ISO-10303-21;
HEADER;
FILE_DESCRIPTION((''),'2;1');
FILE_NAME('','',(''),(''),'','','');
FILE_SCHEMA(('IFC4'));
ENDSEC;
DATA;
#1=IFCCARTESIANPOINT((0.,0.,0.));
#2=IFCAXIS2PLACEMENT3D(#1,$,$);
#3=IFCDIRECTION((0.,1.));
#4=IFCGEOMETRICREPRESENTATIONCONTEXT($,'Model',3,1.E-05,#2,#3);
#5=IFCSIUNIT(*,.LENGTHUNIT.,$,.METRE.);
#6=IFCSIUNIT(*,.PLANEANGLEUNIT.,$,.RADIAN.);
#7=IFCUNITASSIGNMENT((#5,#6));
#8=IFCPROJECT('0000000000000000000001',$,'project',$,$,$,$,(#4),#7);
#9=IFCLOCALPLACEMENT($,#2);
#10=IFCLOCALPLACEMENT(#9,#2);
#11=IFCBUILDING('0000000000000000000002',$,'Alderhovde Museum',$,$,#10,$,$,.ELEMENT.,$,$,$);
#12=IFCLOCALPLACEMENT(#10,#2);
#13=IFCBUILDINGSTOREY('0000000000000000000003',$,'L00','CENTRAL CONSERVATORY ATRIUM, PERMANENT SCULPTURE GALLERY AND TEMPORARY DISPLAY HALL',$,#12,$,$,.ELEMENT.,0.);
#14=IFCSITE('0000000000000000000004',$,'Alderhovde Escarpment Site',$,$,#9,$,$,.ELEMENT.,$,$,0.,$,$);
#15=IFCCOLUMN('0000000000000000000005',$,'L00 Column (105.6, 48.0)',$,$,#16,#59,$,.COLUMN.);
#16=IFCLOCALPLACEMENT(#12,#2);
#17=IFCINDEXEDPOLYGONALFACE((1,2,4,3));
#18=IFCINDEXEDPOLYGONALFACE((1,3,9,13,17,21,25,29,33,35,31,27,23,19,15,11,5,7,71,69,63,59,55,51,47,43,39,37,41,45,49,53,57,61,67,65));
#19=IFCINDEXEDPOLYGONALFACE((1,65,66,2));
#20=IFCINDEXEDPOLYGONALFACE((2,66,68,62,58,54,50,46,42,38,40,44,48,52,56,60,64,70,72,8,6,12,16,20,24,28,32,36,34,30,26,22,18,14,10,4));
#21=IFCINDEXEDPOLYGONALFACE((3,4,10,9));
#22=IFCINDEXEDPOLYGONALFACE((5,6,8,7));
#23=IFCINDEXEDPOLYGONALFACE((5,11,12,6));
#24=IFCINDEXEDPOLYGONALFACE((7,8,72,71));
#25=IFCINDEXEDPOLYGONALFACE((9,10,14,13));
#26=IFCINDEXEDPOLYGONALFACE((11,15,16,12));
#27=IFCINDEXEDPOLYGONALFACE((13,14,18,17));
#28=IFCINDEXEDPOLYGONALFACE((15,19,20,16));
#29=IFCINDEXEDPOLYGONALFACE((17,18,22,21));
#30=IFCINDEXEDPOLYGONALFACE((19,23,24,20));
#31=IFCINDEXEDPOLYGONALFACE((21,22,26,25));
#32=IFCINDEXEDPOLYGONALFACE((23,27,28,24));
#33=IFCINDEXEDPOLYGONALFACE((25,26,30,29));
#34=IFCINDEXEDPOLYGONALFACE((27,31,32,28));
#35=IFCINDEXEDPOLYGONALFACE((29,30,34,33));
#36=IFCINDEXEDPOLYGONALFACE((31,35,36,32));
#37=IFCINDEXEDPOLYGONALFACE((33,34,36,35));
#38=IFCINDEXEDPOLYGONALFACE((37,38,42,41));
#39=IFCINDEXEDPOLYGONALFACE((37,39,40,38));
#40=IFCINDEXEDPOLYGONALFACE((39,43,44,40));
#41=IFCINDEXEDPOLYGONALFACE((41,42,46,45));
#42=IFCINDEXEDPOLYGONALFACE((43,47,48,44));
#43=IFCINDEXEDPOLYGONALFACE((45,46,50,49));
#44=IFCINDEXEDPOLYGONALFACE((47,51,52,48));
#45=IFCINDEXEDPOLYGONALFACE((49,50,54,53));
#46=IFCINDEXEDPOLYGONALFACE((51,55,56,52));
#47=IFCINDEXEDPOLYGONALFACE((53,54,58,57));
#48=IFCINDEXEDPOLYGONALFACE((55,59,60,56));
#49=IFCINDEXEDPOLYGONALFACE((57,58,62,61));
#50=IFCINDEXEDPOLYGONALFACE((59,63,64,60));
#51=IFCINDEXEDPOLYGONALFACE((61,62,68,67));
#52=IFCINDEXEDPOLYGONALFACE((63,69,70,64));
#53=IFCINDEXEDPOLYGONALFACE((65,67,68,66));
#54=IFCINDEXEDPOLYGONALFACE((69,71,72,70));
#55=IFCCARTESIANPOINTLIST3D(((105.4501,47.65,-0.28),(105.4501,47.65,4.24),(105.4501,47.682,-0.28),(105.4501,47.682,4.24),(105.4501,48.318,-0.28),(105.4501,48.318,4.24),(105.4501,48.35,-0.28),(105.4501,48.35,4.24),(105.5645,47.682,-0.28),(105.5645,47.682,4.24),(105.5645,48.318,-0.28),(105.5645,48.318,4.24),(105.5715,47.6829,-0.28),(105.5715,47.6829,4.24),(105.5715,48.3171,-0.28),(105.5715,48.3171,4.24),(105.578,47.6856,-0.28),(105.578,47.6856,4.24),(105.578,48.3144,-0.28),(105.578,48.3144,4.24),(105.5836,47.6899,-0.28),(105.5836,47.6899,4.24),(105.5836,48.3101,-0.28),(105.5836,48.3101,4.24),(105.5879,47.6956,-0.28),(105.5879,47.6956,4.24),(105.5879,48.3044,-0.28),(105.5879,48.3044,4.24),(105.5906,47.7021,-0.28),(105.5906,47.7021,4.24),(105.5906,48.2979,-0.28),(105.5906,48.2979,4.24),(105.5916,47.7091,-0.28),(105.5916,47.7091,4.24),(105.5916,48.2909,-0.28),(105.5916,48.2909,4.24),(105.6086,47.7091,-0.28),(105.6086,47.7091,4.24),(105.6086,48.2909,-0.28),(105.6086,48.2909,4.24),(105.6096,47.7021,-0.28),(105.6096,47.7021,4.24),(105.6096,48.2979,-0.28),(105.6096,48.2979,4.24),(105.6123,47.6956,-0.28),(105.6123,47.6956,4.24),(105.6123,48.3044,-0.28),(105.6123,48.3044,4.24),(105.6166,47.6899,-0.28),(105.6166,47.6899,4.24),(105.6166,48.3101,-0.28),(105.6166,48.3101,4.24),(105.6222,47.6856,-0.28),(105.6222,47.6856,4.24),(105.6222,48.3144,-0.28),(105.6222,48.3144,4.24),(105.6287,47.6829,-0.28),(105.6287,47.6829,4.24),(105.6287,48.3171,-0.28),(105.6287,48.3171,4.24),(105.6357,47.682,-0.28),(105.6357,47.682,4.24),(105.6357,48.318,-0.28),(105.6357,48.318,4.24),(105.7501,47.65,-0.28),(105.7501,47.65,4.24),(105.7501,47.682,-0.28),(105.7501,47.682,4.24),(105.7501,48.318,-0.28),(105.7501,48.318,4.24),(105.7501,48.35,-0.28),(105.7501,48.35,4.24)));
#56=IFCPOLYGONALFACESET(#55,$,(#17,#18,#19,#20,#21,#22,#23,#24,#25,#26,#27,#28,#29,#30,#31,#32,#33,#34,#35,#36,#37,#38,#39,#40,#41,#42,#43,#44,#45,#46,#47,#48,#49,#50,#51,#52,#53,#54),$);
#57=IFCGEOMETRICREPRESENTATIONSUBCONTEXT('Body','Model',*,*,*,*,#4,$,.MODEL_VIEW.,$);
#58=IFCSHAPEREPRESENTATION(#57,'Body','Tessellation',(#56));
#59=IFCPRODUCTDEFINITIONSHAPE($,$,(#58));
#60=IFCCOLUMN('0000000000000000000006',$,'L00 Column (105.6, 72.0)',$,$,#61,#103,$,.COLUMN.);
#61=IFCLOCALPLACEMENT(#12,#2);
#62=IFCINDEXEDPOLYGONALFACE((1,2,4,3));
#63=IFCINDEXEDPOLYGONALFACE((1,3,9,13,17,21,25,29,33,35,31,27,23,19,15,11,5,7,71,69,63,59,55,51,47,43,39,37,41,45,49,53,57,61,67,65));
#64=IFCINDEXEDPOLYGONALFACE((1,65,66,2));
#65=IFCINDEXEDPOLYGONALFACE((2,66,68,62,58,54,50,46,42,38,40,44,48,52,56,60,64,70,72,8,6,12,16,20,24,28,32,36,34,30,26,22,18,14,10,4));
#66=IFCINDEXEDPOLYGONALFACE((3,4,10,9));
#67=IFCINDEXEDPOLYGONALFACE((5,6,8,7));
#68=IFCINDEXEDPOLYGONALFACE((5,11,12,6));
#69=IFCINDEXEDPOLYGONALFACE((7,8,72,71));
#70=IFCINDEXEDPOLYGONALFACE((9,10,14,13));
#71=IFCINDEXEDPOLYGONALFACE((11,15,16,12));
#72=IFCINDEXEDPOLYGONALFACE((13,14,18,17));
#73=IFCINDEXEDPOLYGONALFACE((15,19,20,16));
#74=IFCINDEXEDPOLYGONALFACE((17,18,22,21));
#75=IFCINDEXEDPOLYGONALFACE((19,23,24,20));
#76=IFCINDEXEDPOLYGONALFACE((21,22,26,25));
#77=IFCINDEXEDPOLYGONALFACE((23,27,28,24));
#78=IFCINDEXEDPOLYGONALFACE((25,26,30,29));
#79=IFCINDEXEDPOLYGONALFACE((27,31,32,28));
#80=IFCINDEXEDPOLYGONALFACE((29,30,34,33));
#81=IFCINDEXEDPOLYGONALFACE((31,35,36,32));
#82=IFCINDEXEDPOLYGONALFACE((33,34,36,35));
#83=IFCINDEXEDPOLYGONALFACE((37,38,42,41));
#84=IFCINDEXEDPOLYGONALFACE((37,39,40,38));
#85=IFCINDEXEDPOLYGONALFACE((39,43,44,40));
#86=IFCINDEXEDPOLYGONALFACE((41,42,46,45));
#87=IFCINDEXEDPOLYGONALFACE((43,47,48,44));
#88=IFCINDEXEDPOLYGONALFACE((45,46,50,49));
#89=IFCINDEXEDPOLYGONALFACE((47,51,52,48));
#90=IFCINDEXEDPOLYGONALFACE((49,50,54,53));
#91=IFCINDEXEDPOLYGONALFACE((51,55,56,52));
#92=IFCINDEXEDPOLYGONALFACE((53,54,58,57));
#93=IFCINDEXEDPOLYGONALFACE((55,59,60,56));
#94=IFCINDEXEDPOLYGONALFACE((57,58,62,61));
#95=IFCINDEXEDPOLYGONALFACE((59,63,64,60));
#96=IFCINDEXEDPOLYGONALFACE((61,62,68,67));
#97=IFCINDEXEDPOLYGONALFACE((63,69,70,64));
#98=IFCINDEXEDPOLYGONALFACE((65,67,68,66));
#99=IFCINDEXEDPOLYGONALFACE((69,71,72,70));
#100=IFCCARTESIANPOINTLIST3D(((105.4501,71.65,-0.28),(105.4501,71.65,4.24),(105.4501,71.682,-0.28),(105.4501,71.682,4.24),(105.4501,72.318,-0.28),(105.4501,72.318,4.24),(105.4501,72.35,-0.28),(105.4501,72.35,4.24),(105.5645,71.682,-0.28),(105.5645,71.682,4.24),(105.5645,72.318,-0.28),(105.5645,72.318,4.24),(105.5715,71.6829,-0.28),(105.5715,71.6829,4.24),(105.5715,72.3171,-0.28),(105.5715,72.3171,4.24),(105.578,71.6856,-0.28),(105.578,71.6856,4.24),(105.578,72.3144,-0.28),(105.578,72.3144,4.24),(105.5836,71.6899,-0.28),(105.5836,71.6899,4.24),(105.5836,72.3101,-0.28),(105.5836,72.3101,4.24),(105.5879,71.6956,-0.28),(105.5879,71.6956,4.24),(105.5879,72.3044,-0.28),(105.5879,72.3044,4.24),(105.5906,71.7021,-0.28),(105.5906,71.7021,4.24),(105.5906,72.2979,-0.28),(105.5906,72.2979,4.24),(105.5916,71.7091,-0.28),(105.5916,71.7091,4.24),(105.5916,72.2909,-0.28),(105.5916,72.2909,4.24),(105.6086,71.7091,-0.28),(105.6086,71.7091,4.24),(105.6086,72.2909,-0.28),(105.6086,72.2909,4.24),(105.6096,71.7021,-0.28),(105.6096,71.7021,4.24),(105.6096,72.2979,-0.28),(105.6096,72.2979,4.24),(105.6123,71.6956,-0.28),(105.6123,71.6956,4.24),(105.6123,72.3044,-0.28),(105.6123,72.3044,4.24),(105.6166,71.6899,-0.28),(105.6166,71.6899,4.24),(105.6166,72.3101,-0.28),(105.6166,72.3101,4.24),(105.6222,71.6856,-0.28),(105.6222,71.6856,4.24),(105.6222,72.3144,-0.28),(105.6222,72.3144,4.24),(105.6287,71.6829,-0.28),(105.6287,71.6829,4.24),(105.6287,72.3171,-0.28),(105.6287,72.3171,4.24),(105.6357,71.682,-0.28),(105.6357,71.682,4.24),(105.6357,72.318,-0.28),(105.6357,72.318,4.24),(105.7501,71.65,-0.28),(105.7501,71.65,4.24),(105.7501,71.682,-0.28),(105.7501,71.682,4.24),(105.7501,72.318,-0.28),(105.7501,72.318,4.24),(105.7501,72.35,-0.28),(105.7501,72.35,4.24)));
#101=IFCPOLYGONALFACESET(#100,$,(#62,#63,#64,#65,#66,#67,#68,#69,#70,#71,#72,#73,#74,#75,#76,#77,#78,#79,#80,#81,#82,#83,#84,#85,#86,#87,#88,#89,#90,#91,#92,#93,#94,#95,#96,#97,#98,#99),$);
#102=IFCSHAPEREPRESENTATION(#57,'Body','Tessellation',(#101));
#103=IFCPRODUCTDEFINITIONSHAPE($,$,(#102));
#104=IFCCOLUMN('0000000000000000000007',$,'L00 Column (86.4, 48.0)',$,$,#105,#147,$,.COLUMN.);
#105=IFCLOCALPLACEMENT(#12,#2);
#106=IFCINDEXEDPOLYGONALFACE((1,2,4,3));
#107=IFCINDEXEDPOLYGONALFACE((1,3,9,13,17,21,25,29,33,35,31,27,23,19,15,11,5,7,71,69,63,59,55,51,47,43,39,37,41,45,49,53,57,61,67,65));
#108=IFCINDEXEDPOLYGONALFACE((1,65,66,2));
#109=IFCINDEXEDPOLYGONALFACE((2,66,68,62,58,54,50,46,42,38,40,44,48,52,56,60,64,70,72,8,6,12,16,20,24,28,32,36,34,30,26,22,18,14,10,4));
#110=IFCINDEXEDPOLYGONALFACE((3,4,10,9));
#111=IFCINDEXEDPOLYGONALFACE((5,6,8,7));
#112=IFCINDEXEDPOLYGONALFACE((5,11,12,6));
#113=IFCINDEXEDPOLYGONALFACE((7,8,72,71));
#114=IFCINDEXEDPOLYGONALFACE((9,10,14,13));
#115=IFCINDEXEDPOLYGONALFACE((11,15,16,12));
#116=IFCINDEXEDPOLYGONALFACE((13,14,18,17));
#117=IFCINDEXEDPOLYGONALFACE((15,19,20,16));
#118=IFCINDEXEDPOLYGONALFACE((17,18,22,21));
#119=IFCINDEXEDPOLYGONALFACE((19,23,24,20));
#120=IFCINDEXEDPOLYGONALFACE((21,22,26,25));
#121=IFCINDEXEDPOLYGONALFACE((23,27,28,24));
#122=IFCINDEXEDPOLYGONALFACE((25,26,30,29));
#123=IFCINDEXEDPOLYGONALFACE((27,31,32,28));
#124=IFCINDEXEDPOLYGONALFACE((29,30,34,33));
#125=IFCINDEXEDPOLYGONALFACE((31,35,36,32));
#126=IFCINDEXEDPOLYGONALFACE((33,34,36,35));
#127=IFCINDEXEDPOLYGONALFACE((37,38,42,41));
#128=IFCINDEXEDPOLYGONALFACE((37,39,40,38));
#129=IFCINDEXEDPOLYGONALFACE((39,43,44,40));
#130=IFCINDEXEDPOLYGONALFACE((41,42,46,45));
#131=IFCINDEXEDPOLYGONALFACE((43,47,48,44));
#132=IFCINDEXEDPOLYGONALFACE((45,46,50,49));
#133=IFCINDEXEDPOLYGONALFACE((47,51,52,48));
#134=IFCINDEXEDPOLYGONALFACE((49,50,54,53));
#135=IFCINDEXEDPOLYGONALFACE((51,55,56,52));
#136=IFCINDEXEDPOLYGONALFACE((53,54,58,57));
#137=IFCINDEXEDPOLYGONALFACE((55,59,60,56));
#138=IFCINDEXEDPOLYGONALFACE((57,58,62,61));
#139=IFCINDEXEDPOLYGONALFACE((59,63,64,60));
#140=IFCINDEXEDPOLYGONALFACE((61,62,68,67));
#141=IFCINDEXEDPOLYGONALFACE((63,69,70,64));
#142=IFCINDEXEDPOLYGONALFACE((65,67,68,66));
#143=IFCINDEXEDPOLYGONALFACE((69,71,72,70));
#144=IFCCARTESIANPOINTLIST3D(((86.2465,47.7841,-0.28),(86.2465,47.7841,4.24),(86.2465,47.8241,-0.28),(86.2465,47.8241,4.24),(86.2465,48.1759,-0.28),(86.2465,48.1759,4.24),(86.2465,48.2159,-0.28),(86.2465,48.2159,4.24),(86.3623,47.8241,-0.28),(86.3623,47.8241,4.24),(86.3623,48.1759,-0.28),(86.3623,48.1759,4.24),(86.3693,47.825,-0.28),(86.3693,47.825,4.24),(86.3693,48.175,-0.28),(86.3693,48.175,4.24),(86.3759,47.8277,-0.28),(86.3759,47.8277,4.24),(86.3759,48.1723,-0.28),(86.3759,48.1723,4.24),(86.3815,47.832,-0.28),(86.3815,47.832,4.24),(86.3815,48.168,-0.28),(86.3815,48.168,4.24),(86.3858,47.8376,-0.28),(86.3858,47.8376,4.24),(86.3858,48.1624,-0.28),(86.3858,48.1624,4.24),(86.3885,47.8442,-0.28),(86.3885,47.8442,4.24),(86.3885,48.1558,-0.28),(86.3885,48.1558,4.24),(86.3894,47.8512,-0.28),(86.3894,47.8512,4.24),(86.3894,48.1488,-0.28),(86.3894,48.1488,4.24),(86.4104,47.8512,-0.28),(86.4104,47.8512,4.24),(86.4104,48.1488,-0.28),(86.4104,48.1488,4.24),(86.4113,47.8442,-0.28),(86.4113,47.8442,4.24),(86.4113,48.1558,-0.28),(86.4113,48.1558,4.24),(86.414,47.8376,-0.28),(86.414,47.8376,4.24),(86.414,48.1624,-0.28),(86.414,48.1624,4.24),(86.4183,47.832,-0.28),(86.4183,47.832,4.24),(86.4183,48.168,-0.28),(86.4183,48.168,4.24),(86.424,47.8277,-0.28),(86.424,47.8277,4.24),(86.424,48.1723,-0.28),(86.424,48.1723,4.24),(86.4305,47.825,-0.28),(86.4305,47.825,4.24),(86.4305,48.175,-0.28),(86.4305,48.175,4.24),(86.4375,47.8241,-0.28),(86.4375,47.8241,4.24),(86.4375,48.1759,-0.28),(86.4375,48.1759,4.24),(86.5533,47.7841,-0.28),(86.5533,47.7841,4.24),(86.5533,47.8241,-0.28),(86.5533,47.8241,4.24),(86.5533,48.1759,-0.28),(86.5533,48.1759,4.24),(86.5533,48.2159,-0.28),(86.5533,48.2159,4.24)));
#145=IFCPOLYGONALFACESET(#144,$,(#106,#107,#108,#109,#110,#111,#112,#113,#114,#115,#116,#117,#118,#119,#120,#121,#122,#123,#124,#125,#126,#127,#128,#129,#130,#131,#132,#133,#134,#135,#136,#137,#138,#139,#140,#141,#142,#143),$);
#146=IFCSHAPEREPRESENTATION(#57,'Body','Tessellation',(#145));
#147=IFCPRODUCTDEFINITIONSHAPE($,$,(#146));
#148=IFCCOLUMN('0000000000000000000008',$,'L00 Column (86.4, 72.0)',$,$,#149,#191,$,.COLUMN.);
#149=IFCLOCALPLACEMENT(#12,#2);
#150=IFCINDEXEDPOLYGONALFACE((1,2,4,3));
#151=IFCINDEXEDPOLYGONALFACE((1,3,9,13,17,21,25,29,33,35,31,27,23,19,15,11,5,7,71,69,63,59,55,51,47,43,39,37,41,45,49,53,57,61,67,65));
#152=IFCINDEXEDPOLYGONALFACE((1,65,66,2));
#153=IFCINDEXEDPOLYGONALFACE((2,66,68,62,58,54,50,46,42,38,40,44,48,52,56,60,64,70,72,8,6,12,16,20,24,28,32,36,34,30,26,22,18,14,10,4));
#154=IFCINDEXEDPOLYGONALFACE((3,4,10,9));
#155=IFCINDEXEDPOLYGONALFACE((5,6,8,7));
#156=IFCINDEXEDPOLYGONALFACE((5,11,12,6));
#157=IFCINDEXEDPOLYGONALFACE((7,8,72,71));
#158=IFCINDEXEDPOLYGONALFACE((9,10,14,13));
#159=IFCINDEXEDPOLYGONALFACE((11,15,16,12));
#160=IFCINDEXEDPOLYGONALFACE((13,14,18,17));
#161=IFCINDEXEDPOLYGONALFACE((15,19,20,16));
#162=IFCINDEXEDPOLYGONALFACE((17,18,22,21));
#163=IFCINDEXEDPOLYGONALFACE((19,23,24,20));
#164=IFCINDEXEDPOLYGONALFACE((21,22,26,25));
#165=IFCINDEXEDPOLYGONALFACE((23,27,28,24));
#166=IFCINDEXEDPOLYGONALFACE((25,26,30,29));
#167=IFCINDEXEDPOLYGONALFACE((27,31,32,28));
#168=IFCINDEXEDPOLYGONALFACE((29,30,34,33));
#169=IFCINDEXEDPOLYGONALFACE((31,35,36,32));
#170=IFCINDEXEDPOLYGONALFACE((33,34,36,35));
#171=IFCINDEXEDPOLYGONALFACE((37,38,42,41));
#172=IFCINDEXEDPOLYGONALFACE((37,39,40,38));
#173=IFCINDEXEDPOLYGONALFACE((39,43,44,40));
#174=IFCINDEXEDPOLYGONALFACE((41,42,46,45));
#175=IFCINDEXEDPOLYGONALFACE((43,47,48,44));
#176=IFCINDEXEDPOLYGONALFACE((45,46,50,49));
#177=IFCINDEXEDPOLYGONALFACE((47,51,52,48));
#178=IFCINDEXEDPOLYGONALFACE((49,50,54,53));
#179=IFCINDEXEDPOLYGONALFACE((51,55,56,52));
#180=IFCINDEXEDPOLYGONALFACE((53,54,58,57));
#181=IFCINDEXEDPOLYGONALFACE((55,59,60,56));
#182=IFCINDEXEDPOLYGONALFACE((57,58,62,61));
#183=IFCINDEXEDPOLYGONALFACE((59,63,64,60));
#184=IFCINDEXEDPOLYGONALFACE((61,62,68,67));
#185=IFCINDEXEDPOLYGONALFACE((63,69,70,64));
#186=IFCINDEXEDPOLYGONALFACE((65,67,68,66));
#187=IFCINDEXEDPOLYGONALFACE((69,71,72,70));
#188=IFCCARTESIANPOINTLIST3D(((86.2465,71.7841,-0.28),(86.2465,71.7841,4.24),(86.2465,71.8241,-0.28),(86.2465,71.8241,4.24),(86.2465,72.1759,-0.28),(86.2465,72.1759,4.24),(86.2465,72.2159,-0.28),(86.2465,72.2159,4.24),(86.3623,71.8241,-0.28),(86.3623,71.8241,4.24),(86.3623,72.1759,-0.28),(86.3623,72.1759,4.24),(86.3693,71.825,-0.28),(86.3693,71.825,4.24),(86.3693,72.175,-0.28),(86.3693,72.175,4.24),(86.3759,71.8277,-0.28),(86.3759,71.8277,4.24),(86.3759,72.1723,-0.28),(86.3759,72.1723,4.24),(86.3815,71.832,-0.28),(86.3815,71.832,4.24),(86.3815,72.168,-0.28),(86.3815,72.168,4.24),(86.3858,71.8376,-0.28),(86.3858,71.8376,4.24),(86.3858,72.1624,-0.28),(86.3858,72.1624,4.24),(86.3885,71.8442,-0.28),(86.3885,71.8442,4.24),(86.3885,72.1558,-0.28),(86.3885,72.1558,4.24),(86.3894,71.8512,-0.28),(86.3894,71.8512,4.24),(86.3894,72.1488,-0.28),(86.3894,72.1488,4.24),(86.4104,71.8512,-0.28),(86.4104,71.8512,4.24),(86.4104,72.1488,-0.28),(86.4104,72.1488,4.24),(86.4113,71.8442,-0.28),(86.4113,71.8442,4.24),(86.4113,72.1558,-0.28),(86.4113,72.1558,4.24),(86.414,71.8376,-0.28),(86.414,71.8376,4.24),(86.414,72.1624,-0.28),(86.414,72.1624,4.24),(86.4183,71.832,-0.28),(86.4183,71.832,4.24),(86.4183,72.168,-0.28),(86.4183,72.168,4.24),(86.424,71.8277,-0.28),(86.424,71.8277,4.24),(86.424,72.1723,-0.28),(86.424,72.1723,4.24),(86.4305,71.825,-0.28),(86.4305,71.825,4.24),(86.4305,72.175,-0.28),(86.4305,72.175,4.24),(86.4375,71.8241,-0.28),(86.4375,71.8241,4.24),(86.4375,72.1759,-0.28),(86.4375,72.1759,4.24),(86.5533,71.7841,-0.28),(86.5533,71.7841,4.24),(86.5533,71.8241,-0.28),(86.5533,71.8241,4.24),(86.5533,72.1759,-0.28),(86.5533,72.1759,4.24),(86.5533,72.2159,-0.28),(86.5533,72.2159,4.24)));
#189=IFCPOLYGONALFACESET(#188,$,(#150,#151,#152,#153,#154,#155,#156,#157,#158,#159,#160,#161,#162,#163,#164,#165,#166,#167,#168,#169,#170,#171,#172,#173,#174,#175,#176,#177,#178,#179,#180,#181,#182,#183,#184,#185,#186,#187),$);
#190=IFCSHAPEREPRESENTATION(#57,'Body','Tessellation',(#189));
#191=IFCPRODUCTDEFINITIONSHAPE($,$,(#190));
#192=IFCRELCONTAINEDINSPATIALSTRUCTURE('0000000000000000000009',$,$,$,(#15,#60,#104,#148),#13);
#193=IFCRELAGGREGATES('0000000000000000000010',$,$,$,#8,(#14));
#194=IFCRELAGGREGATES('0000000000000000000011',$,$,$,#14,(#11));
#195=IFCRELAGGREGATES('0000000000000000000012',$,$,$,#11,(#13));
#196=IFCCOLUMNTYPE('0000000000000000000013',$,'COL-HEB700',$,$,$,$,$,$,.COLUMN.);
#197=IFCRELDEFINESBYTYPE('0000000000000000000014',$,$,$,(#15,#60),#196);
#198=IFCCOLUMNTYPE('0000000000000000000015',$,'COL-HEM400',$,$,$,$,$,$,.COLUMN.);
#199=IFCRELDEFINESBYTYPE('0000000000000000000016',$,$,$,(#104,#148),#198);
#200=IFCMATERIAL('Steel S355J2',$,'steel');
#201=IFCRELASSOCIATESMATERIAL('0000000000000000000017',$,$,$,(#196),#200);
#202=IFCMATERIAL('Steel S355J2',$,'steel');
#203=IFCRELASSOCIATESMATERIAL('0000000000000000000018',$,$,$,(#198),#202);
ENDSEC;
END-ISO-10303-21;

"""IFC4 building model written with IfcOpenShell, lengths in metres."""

from ifc_helpers import new_model, si_unit, direction, frame, origin, origin_2d, place, context, subcontext, project, spatial, i_section, extrude, material, material_profile, profile_set, type_object, element, save


model = new_model("IFC4")

# Units and contexts
model_context = context("Model", 3, precision=1e-05, world=origin(), true_north=direction((0.0, 1.0)))
body_context = subcontext(model_context, "Body", "Model", "MODEL_VIEW")
ifc_project = project(units=[si_unit("LENGTHUNIT", "METRE"), si_unit("PLANEANGLEUNIT", "RADIAN")], contexts=[model_context])

# Site, building, storey
site_placement = place(None, origin())
site = spatial("IfcSite", under=ifc_project, at=site_placement, Name="Alderhovde Escarpment Site", CompositionType="ELEMENT", RefElevation=0.0)
building_placement = place(site_placement, origin())
building = spatial("IfcBuilding", under=site, at=building_placement, Name="Alderhovde Museum", CompositionType="ELEMENT")
storey_placement = place(building_placement, origin())
storey = spatial("IfcBuildingStorey", under=building, at=storey_placement, Name="L00", Description="CENTRAL CONSERVATORY ATRIUM, PERMANENT SCULPTURE GALLERY AND TEMPORARY DISPLAY HALL", CompositionType="ELEMENT", Elevation=0.0)

# Columns
ifc_material_1 = material(Name="Steel S355J2", Category="steel")
ifc_material_profile_1 = material_profile(ifc_material_1, i_section(OverallWidth=0.3, OverallDepth=0.7, WebThickness=0.0171, FlangeThickness=0.032, FilletRadius=0.0271, at=origin_2d()), Name="HEB 700")
ifc_profile_set_1 = profile_set([ifc_material_profile_1], Name="Steel S355J2")
column_type_1 = type_object("IfcColumnType", Name="COL-HEB700", PredefinedType="COLUMN", material=ifc_profile_set_1)
for number, where, z_axis, x_axis, name in (
    (1, (105.6001, 48.0, -0.28), (0.0, 0.0, 1.0), (1.0, 0.0, 0.0), "L00 Column (105.6, 48.0)"),
    (2, (105.6001, 72.0, -0.28), (0.0, 0.0, 1.0), (1.0, 0.0, 0.0), "L00 Column (105.6, 72.0)"),
):
    element("IfcColumn", number, at=place(storey_placement, frame(where, z_axis=z_axis, x_axis=x_axis)), inside=storey, type_object=column_type_1, Name=name, PredefinedType="COLUMN", context=body_context, shape_type="SweptSolid", body=[
        extrude(i_section(OverallWidth=0.3, OverallDepth=0.7, WebThickness=0.0171, FlangeThickness=0.032, FilletRadius=0.0271, at=origin_2d()), origin(), (0.0, 0.0, 1.0), 4.52),
    ])
ifc_material_2 = material(Name="Steel S355J2", Category="steel")
ifc_material_profile_2 = material_profile(ifc_material_2, i_section(OverallWidth=0.3069, OverallDepth=0.4319, WebThickness=0.021, FlangeThickness=0.04, FilletRadius=0.0271, at=origin_2d()), Name="HEM 400")
ifc_profile_set_2 = profile_set([ifc_material_profile_2], Name="Steel S355J2")
column_type_2 = type_object("IfcColumnType", Name="COL-HEM400", PredefinedType="COLUMN", material=ifc_profile_set_2)
for number, where, z_axis, x_axis, name in (
    (3, (86.3999, 48.0, -0.28), (0.0, 0.0, 1.0), (1.0, 0.0, 0.0), "L00 Column (86.4, 48.0)"),
    (4, (86.3999, 72.0, -0.28), (0.0, 0.0, 1.0), (1.0, 0.0, 0.0), "L00 Column (86.4, 72.0)"),
):
    element("IfcColumn", number, at=place(storey_placement, frame(where, z_axis=z_axis, x_axis=x_axis)), inside=storey, type_object=column_type_2, Name=name, PredefinedType="COLUMN", context=body_context, shape_type="SweptSolid", body=[
        extrude(i_section(OverallWidth=0.3069, OverallDepth=0.4319, WebThickness=0.021, FlangeThickness=0.04, FilletRadius=0.0271, at=origin_2d()), origin(), (0.0, 0.0, 1.0), 4.52),
    ])

save(model, "model.ifc")
